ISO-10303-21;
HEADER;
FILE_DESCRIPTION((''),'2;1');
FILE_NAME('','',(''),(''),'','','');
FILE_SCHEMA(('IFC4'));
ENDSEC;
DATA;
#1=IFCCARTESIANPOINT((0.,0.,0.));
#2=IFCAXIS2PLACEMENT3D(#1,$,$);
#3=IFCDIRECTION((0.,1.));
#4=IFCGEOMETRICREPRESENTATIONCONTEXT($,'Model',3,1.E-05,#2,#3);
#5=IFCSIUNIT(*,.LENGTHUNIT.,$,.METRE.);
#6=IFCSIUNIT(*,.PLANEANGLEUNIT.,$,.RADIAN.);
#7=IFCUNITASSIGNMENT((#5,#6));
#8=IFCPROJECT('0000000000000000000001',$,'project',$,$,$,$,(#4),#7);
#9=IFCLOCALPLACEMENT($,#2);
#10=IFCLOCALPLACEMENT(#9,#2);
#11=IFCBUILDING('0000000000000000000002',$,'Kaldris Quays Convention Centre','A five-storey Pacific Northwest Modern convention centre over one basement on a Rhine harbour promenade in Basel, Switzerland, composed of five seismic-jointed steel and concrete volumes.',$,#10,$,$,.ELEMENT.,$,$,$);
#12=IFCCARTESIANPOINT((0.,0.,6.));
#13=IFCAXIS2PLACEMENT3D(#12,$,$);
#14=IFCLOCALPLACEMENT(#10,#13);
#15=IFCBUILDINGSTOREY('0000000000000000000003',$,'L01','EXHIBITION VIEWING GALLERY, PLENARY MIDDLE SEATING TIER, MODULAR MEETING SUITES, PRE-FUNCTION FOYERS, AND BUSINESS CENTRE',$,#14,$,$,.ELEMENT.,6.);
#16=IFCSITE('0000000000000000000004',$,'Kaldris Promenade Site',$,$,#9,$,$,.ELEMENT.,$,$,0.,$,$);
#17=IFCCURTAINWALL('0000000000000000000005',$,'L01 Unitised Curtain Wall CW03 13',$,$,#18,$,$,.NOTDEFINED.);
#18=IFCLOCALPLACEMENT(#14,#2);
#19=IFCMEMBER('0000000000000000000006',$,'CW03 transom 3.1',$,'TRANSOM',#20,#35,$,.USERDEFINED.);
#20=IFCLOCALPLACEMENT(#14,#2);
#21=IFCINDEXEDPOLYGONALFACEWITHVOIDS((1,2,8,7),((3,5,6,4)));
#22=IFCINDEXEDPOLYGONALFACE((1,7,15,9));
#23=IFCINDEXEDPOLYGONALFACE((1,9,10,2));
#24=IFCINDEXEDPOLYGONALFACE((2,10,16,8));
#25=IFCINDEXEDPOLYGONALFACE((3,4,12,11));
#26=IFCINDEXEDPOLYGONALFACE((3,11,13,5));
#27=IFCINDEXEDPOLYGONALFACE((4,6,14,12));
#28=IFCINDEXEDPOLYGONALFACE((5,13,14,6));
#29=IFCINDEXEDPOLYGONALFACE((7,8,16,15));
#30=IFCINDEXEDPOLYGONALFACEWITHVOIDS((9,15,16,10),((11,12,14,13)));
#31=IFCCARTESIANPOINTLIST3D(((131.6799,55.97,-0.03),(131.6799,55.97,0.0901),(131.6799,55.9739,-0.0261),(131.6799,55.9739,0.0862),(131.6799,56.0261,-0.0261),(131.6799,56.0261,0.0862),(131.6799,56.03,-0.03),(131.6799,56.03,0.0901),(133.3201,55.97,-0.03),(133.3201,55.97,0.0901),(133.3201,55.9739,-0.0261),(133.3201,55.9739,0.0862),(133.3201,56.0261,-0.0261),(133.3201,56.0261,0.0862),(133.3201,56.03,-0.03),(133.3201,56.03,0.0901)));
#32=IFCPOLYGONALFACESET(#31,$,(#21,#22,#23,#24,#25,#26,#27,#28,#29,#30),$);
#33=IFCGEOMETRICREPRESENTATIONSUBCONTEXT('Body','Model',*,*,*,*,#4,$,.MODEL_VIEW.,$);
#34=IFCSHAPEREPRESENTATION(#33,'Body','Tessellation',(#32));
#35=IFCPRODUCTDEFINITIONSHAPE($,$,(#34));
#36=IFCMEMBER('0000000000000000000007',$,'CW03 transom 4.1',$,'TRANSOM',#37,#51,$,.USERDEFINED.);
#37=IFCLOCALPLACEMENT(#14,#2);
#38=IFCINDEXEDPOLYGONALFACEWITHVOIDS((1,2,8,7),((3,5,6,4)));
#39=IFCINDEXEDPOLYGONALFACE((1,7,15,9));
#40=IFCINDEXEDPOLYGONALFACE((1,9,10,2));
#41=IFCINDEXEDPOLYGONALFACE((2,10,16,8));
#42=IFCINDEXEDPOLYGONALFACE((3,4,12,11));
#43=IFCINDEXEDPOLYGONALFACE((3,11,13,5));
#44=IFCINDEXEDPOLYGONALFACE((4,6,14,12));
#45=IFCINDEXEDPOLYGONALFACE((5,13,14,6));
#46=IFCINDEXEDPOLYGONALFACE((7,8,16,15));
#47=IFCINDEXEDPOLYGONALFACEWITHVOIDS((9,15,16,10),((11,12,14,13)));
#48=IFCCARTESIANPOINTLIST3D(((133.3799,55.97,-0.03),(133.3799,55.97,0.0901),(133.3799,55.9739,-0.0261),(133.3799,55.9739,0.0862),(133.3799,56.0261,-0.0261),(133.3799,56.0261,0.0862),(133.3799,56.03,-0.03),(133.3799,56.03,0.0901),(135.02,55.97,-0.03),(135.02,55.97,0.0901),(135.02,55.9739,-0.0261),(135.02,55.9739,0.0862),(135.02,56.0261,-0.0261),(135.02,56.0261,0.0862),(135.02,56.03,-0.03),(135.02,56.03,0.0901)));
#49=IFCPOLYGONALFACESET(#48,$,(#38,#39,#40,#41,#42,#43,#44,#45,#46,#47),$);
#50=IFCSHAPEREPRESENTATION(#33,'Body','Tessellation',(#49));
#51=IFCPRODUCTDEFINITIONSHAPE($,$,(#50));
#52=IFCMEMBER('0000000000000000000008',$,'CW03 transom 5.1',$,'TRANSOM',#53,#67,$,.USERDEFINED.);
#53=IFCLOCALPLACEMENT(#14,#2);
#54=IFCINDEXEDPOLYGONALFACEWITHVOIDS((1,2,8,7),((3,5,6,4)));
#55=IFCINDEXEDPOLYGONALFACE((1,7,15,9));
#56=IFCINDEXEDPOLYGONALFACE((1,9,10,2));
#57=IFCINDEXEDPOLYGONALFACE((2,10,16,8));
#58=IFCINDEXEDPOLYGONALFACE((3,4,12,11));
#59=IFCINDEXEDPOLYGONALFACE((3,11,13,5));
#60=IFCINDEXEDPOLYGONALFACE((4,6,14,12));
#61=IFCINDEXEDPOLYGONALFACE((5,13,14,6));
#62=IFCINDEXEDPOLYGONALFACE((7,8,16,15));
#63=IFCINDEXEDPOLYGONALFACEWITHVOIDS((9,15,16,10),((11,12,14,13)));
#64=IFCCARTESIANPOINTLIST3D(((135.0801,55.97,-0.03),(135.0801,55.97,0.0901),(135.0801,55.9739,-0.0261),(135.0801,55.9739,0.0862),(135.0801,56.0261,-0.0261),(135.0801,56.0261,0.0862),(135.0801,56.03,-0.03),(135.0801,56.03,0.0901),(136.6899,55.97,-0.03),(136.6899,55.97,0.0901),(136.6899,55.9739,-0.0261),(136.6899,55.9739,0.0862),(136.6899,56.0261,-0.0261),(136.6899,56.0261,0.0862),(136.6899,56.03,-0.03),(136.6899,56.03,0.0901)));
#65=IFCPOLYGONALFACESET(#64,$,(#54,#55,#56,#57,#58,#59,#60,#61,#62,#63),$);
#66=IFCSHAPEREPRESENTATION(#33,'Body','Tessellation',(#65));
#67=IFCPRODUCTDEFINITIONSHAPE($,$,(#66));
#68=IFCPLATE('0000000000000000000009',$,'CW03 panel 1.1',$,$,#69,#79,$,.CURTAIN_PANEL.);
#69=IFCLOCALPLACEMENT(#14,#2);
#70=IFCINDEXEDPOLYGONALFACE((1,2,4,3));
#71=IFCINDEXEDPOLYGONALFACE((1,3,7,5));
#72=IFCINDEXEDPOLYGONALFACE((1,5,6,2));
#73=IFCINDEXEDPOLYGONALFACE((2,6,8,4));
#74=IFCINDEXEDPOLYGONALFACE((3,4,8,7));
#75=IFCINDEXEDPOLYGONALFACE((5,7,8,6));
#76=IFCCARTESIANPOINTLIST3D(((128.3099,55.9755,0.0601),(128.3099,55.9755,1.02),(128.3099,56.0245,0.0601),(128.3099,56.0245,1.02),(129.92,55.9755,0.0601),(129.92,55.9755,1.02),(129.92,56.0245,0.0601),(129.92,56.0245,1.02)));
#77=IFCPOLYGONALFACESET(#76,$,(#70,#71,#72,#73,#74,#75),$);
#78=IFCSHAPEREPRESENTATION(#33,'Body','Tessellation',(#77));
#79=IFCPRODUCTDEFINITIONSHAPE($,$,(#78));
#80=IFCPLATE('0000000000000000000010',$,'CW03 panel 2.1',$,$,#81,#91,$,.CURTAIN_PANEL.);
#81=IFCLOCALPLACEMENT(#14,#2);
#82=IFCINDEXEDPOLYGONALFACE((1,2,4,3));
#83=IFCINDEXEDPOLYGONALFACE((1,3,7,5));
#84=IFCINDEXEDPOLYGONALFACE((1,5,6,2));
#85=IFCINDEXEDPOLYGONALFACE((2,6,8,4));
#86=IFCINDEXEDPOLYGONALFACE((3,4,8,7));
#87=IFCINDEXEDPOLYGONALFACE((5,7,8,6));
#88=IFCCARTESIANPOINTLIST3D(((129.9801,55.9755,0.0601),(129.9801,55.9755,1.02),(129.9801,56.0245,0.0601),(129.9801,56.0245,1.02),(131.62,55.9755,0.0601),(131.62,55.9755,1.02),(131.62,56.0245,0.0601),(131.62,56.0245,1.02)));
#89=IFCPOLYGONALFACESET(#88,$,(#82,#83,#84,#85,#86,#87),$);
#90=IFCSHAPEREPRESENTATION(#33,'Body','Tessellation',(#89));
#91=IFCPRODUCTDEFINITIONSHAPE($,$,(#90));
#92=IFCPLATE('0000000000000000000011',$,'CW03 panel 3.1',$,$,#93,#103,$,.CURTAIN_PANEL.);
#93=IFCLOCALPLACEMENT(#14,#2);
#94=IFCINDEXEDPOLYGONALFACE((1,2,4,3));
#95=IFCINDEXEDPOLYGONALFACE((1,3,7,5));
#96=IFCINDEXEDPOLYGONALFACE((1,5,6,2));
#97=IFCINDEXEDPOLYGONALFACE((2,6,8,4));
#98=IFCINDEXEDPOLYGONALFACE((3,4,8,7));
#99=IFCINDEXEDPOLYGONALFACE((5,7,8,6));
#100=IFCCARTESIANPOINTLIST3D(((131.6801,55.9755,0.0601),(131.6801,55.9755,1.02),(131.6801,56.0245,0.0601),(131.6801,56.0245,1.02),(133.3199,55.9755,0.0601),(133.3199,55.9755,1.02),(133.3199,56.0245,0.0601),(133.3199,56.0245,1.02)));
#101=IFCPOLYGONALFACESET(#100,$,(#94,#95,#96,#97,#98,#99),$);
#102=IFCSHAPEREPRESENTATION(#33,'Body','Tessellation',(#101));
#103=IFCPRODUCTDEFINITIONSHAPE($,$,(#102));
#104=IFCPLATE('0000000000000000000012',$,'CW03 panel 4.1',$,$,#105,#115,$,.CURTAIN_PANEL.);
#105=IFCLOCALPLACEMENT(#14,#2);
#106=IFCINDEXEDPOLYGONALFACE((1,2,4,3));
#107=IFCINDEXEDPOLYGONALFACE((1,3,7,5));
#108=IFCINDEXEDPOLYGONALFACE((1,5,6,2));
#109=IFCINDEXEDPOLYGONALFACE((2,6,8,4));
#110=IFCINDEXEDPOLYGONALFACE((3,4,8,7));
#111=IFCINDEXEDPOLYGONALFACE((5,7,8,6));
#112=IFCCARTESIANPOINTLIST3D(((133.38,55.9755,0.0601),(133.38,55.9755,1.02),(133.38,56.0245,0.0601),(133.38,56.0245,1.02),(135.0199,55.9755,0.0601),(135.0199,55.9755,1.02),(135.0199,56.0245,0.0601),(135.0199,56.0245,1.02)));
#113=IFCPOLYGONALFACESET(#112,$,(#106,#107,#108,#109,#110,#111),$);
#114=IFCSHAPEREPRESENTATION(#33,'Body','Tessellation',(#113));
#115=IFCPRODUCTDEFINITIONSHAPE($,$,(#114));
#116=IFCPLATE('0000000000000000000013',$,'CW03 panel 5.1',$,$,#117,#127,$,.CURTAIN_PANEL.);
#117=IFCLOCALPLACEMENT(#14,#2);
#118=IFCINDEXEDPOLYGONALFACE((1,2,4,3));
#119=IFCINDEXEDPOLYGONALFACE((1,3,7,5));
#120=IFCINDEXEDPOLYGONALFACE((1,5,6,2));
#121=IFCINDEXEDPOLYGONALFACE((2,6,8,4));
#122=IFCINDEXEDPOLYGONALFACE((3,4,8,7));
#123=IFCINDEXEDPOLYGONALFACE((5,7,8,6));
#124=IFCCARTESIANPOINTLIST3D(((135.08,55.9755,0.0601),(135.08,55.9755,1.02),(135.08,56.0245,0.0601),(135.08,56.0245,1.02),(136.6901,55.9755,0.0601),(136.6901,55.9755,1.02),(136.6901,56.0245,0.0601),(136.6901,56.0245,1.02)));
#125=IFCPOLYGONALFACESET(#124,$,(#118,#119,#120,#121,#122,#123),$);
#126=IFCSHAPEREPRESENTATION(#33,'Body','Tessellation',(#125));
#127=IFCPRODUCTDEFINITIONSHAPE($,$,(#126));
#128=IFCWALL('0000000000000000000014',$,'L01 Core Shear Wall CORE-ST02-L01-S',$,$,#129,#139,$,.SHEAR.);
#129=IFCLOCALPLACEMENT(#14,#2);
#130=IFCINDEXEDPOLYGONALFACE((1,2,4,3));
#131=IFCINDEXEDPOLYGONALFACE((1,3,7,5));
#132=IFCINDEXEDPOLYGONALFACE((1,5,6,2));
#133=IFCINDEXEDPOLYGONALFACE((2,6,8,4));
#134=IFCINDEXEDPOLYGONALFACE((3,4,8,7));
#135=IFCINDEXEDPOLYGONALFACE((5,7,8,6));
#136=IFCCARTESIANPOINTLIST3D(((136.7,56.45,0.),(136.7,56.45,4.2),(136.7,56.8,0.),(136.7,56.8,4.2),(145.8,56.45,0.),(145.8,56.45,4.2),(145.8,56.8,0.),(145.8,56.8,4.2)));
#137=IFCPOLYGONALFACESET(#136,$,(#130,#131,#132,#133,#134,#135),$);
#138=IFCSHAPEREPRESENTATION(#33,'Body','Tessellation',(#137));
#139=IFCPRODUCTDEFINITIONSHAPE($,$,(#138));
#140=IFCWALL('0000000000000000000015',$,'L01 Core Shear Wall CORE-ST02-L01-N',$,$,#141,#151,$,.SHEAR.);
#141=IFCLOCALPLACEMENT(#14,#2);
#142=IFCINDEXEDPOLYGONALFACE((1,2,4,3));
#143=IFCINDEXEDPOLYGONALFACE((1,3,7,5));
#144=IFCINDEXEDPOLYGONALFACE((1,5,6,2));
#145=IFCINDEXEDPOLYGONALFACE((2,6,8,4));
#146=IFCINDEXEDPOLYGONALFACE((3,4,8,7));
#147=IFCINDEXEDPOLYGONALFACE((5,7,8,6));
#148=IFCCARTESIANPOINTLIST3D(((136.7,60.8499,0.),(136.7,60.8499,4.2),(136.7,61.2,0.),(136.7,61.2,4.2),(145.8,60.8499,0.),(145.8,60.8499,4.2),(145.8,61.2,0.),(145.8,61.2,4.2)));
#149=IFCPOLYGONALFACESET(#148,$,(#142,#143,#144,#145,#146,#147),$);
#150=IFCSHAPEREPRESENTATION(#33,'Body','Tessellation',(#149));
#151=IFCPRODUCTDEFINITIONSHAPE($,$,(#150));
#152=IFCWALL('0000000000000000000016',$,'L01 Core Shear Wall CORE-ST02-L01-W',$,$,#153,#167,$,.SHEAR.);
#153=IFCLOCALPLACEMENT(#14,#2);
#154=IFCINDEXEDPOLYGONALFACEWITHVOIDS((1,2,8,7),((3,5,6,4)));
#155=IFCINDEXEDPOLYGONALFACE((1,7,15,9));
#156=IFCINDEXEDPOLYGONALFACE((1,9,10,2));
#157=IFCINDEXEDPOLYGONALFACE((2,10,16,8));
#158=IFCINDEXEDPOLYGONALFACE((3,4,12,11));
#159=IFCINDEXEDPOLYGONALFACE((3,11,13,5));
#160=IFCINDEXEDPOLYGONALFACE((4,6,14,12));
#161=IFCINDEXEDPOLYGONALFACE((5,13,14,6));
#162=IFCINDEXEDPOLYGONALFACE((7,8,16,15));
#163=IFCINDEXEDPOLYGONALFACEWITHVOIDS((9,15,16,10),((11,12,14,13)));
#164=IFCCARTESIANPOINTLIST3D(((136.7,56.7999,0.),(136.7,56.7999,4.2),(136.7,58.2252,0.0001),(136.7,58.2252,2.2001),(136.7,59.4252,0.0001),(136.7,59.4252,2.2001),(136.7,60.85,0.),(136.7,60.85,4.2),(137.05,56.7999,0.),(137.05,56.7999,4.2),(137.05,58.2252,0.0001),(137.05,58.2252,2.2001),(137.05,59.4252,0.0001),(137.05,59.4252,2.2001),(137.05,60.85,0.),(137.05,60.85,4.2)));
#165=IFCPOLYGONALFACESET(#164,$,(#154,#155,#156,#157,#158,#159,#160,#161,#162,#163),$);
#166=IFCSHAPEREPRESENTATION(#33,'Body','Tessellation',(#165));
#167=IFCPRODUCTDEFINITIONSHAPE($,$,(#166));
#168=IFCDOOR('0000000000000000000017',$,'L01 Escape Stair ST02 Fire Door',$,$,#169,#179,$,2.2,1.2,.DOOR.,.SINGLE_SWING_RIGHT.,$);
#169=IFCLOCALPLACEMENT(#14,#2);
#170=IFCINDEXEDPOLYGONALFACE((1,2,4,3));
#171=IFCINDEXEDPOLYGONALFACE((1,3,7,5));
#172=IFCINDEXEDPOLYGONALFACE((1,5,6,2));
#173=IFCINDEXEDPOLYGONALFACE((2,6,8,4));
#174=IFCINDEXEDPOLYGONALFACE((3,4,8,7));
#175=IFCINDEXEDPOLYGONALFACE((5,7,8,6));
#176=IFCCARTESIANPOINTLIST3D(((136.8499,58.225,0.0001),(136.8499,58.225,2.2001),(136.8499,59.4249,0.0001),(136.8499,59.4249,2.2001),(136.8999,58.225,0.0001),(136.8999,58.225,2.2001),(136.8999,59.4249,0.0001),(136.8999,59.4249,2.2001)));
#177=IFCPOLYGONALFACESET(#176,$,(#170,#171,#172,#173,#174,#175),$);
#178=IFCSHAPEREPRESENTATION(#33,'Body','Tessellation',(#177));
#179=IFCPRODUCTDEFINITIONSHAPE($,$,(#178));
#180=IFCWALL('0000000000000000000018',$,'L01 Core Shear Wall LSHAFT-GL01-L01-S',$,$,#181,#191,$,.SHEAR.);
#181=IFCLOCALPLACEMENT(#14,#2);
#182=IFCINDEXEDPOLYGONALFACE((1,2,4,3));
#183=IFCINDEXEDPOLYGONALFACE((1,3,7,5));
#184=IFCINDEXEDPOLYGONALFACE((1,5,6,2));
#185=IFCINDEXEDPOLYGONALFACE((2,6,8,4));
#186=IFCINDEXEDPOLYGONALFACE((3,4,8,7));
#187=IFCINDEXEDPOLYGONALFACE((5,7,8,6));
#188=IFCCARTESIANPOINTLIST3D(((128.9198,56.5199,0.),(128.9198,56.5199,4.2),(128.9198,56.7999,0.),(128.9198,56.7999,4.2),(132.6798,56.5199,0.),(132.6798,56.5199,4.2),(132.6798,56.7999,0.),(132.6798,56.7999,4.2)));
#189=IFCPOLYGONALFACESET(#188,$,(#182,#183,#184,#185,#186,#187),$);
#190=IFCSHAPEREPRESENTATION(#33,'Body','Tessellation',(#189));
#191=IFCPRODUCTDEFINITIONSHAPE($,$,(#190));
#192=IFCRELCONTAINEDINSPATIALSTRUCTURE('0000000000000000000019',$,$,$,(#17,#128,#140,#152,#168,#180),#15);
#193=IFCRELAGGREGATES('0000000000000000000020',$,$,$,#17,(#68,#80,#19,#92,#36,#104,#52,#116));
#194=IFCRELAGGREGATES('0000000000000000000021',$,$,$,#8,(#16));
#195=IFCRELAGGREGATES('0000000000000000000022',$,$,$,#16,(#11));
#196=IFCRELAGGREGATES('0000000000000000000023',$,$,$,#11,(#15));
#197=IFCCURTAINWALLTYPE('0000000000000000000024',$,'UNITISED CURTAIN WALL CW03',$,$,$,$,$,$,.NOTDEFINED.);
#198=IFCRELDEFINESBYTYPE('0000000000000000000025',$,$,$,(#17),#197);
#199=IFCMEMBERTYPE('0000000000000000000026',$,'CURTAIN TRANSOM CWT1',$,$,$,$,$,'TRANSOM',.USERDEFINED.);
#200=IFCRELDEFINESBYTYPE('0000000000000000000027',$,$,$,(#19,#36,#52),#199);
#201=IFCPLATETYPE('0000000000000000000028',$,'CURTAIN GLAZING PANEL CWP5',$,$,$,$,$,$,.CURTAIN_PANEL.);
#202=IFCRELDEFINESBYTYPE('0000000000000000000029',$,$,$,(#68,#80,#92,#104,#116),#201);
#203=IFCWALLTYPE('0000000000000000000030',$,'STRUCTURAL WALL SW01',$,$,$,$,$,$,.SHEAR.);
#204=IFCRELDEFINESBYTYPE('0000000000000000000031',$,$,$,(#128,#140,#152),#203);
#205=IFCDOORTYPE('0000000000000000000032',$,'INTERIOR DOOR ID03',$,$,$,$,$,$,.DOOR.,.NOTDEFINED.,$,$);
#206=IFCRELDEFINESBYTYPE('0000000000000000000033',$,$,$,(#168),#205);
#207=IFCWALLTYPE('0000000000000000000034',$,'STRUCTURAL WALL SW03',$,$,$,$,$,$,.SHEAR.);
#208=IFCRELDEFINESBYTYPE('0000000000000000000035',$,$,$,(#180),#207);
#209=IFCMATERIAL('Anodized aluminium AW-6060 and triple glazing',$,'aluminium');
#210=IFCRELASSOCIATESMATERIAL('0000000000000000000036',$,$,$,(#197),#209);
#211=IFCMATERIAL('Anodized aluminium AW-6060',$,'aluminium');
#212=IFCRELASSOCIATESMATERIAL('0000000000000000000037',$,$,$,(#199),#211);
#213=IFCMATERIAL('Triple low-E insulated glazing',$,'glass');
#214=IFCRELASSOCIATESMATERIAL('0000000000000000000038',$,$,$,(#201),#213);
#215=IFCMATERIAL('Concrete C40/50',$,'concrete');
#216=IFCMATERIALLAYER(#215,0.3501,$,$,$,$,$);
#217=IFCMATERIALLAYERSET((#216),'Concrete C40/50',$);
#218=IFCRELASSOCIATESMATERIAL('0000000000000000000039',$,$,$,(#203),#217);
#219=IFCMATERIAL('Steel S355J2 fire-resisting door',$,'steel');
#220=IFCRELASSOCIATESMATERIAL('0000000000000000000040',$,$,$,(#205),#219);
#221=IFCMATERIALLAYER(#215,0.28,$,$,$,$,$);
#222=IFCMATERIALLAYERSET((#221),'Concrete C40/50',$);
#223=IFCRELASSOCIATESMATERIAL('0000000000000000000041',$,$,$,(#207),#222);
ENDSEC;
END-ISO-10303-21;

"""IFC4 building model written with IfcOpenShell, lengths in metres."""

from ifc_helpers import new_model, si_unit, direction, frame, frame_2d, origin, origin_2d, place, context, subcontext, project, spatial, rectangle, hollow_rectangle, extrude, material, layer, layer_set, material_profile, profile_set, type_object, element, fill, aggregate, save


model = new_model("IFC4")

# Units and contexts
model_context = context("Model", 3, precision=1e-05, world=origin(), true_north=direction((0.0, 1.0)))
body_context = subcontext(model_context, "Body", "Model", "MODEL_VIEW")
ifc_project = project(units=[si_unit("LENGTHUNIT", "METRE"), si_unit("PLANEANGLEUNIT", "RADIAN")], contexts=[model_context])

# Site, building, storey
site_placement = place(None, origin())
site = spatial("IfcSite", under=ifc_project, at=site_placement, Name="Kaldris Promenade Site", CompositionType="ELEMENT", RefElevation=0.0)
building_placement = place(site_placement, origin())
building = spatial("IfcBuilding", under=site, at=building_placement, Name="Kaldris Quays Convention Centre", Description="A five-storey Pacific Northwest Modern convention centre over one basement on a Rhine harbour promenade in Basel, Switzerland, composed of five seismic-jointed steel and concrete volumes.", CompositionType="ELEMENT")
storey_placement = place(building_placement, frame((0.0, 0.0, 6.0)))
storey = spatial("IfcBuildingStorey", under=building, at=storey_placement, Name="L01", Description="EXHIBITION VIEWING GALLERY, PLENARY MIDDLE SEATING TIER, MODULAR MEETING SUITES, PRE-FUNCTION FOYERS, AND BUSINESS CENTRE", CompositionType="ELEMENT", Elevation=6.0)

# Curtain wall, members, plates
ifc_material_1 = material(Name="Anodized aluminium AW-6060 and triple glazing", Category="aluminium")
curtain_wall_type = type_object("IfcCurtainWallType", Name="UNITISED CURTAIN WALL CW03", PredefinedType="NOTDEFINED", material=ifc_material_1)
curtain_wall_placement = place(storey_placement, origin())
curtain_wall = element("IfcCurtainWall", 1, at=curtain_wall_placement, inside=storey, type_object=curtain_wall_type, Name="L01 Unitised Curtain Wall CW03 13", PredefinedType="NOTDEFINED")
ifc_material_2 = material(Name="Anodized aluminium AW-6060", Category="aluminium")
ifc_material_profile_1 = material_profile(ifc_material_2, hollow_rectangle(XDim=0.0601, YDim=0.1201, WallThickness=0.0039, at=origin_2d()), Name="RHS 120x60x4")
ifc_profile_set_1 = profile_set([ifc_material_profile_1], Name="Anodized aluminium AW-6060")
member_type_1 = type_object("IfcMemberType", Name="CURTAIN TRANSOM CWT1", ElementType="TRANSOM", PredefinedType="USERDEFINED", material=ifc_profile_set_1)
member_1_placement = place(storey_placement, frame((131.6799, 56.0, 0.03), z_axis=(1.0, 0.0, 0.0), x_axis=(0.0, 1.0, 0.0)))
member_1 = element("IfcMember", 2, at=member_1_placement, type_object=member_type_1, Name="CW03 transom 3.1", ObjectType="TRANSOM", PredefinedType="USERDEFINED", context=body_context, shape_type="SweptSolid", body=[
    extrude(hollow_rectangle(XDim=0.0601, YDim=0.1201, WallThickness=0.0039, at=origin_2d()), origin(), (0.0, 0.0, 1.0), 1.6401),
])
member_2_placement = place(storey_placement, frame((133.3799, 56.0, 0.03), z_axis=(1.0, 0.0, 0.0), x_axis=(0.0, 1.0, 0.0)))
member_2 = element("IfcMember", 3, at=member_2_placement, type_object=member_type_1, Name="CW03 transom 4.1", ObjectType="TRANSOM", PredefinedType="USERDEFINED", context=body_context, shape_type="SweptSolid", body=[
    extrude(hollow_rectangle(XDim=0.0601, YDim=0.1201, WallThickness=0.0039, at=origin_2d()), origin(), (0.0, 0.0, 1.0), 1.6401),
])
member_3_placement = place(storey_placement, frame((135.0801, 56.0, 0.03), z_axis=(1.0, 0.0, 0.0), x_axis=(0.0, 1.0, 0.0)))
member_3 = element("IfcMember", 4, at=member_3_placement, type_object=member_type_1, Name="CW03 transom 5.1", ObjectType="TRANSOM", PredefinedType="USERDEFINED", context=body_context, shape_type="SweptSolid", body=[
    extrude(hollow_rectangle(XDim=0.0601, YDim=0.1201, WallThickness=0.0039, at=origin_2d()), origin(), (0.0, 0.0, 1.0), 1.6099),
])
ifc_material_3 = material(Name="Triple low-E insulated glazing", Category="glass")
plate_type = type_object("IfcPlateType", Name="CURTAIN GLAZING PANEL CWP5", PredefinedType="CURTAIN_PANEL", material=ifc_material_3)
plate_1_placement = place(storey_placement, frame((129.115, 56.0, 0.0601), z_axis=(0.0, 0.0, 1.0), x_axis=(1.0, 0.0, 0.0)))
plate_1 = element("IfcPlate", 5, at=plate_1_placement, type_object=plate_type, Name="CW03 panel 1.1", PredefinedType="CURTAIN_PANEL", context=body_context, shape_type="SweptSolid", body=[
    extrude(rectangle(XDim=1.6101, YDim=0.0491, at=origin_2d()), origin(), (0.0, 0.0, 1.0), 0.96),
])
plate_2_placement = place(storey_placement, frame((130.8, 56.0, 0.0601), z_axis=(0.0, 0.0, 1.0), x_axis=(1.0, 0.0, 0.0)))
plate_2 = element("IfcPlate", 6, at=plate_2_placement, type_object=plate_type, Name="CW03 panel 2.1", PredefinedType="CURTAIN_PANEL", context=body_context, shape_type="SweptSolid", body=[
    extrude(rectangle(XDim=1.6399, YDim=0.0491, at=origin_2d()), origin(), (0.0, 0.0, 1.0), 0.96),
])
plate_3_placement = place(storey_placement, frame((132.5, 56.0, 0.0601), z_axis=(0.0, 0.0, 1.0), x_axis=(1.0, 0.0, 0.0)))
plate_3 = element("IfcPlate", 7, at=plate_3_placement, type_object=plate_type, Name="CW03 panel 3.1", PredefinedType="CURTAIN_PANEL", context=body_context, shape_type="SweptSolid", body=[
    extrude(rectangle(XDim=1.6399, YDim=0.0491, at=origin_2d()), origin(), (0.0, 0.0, 1.0), 0.96),
])
plate_4_placement = place(storey_placement, frame((134.2, 56.0, 0.0601), z_axis=(0.0, 0.0, 1.0), x_axis=(1.0, 0.0, 0.0)))
plate_4 = element("IfcPlate", 8, at=plate_4_placement, type_object=plate_type, Name="CW03 panel 4.1", PredefinedType="CURTAIN_PANEL", context=body_context, shape_type="SweptSolid", body=[
    extrude(rectangle(XDim=1.6399, YDim=0.0491, at=origin_2d()), origin(), (0.0, 0.0, 1.0), 0.96),
])
plate_5_placement = place(storey_placement, frame((135.885, 56.0, 0.0601), z_axis=(0.0, 0.0, 1.0), x_axis=(1.0, 0.0, 0.0)))
plate_5 = element("IfcPlate", 9, at=plate_5_placement, type_object=plate_type, Name="CW03 panel 5.1", PredefinedType="CURTAIN_PANEL", context=body_context, shape_type="SweptSolid", body=[
    extrude(rectangle(XDim=1.6101, YDim=0.0491, at=origin_2d()), origin(), (0.0, 0.0, 1.0), 0.96),
])
aggregate(curtain_wall, [plate_1, plate_2, member_1, plate_3, member_2, plate_4, member_3, plate_5])

# Walls
ifc_material_4 = material(Name="Concrete C40/50", Category="concrete")
ifc_layer_1 = layer(ifc_material_4, 0.3501)
ifc_layer_set_1 = layer_set([ifc_layer_1], Name="Concrete C40/50")
wall_type_1 = type_object("IfcWallType", Name="STRUCTURAL WALL SW01", PredefinedType="SHEAR", material=ifc_layer_set_1)
for number, where, z_axis, x_axis, name in (
    (10, (136.7, 56.625, 0.0), (0.0, 0.0, 1.0), (1.0, 0.0, 0.0), "L01 Core Shear Wall CORE-ST02-L01-S"),
    (11, (136.7, 61.0249, 0.0), (0.0, 0.0, 1.0), (1.0, 0.0, 0.0), "L01 Core Shear Wall CORE-ST02-L01-N"),
):
    element("IfcWall", number, at=place(storey_placement, frame(where, z_axis=z_axis, x_axis=x_axis)), inside=storey, type_object=wall_type_1, Name=name, PredefinedType="SHEAR", context=body_context, shape_type="SweptSolid", body=[
        extrude(rectangle(XDim=9.1001, YDim=0.3501, at=frame_2d((4.55, 0.0))), origin(), (0.0, 0.0, 1.0), 4.2),
    ])

# Wall, opening, door
wall_1_placement = place(storey_placement, frame((136.875, 56.8, 0.0), z_axis=(0.0, 0.0, 1.0), x_axis=(0.0, 1.0, 0.0)))
wall_1 = element("IfcWall", 12, at=wall_1_placement, inside=storey, type_object=wall_type_1, Name="L01 Core Shear Wall CORE-ST02-L01-W", PredefinedType="SHEAR", context=body_context, shape_type="SweptSolid", body=[
    extrude(rectangle(XDim=4.05, YDim=0.3501, at=frame_2d((2.0249, 0.0))), origin(), (0.0, 0.0, 1.0), 4.2),
])
opening_1_placement = place(wall_1_placement, frame((1.425, 0.0, 0.0)))
opening_1 = element("IfcOpeningElement", 13, at=opening_1_placement, cuts=wall_1, PredefinedType="OPENING", context=body_context, shape_type="SweptSolid", body=[
    extrude(rectangle(XDim=1.2, YDim=2.2, at=frame_2d((0.6001, 1.1001))), frame((0.0, 0.1851, 0.0), z_axis=(0.0, -1.0, 0.0), x_axis=(1.0, 0.0, 0.0)), (0.0, 0.0, 1.0), 0.3701),
])
ifc_material_5 = material(Name="Steel S355J2 fire-resisting door", Category="steel")
door_type_1 = type_object("IfcDoorType", Name="INTERIOR DOOR ID03", OperationType="NOTDEFINED", PredefinedType="DOOR", material=ifc_material_5)
door_1_placement = place(opening_1_placement, frame((1.2, 0.0, 0.0), z_axis=(0.0, 0.0, 1.0), x_axis=(-1.0, 0.0, 0.0)))
door_1 = element("IfcDoor", 14, at=door_1_placement, inside=storey, type_object=door_type_1, Name="L01 Escape Stair ST02 Fire Door", OperationType="SINGLE_SWING_RIGHT", OverallHeight=2.2, OverallWidth=1.2, PredefinedType="DOOR", context=body_context, shape_type="SweptSolid", body=[
    extrude(rectangle(XDim=1.2, YDim=2.2, at=frame_2d((0.6001, 1.1001))), frame((0.0, 0.0249, 0.0), z_axis=(0.0, -1.0, 0.0), x_axis=(1.0, 0.0, 0.0)), (0.0, 0.0, 1.0), 0.05),
])
fill(opening_1, door_1)

# Wall
ifc_layer_2 = layer(ifc_material_4, 0.28)
ifc_layer_set_2 = layer_set([ifc_layer_2], Name="Concrete C40/50")
wall_type_2 = type_object("IfcWallType", Name="STRUCTURAL WALL SW03", PredefinedType="SHEAR", material=ifc_layer_set_2)
wall_2_placement = place(storey_placement, frame((128.9199, 56.6599, 0.0), z_axis=(0.0, 0.0, 1.0), x_axis=(1.0, 0.0, 0.0)))
element("IfcWall", 15, at=wall_2_placement, inside=storey, type_object=wall_type_2, Name="L01 Core Shear Wall LSHAFT-GL01-L01-S", PredefinedType="SHEAR", context=body_context, shape_type="SweptSolid", body=[
    extrude(rectangle(XDim=3.76, YDim=0.28, at=frame_2d((1.8799, 0.0))), origin(), (0.0, 0.0, 1.0), 4.2),
])

save(model, "model.ifc")
